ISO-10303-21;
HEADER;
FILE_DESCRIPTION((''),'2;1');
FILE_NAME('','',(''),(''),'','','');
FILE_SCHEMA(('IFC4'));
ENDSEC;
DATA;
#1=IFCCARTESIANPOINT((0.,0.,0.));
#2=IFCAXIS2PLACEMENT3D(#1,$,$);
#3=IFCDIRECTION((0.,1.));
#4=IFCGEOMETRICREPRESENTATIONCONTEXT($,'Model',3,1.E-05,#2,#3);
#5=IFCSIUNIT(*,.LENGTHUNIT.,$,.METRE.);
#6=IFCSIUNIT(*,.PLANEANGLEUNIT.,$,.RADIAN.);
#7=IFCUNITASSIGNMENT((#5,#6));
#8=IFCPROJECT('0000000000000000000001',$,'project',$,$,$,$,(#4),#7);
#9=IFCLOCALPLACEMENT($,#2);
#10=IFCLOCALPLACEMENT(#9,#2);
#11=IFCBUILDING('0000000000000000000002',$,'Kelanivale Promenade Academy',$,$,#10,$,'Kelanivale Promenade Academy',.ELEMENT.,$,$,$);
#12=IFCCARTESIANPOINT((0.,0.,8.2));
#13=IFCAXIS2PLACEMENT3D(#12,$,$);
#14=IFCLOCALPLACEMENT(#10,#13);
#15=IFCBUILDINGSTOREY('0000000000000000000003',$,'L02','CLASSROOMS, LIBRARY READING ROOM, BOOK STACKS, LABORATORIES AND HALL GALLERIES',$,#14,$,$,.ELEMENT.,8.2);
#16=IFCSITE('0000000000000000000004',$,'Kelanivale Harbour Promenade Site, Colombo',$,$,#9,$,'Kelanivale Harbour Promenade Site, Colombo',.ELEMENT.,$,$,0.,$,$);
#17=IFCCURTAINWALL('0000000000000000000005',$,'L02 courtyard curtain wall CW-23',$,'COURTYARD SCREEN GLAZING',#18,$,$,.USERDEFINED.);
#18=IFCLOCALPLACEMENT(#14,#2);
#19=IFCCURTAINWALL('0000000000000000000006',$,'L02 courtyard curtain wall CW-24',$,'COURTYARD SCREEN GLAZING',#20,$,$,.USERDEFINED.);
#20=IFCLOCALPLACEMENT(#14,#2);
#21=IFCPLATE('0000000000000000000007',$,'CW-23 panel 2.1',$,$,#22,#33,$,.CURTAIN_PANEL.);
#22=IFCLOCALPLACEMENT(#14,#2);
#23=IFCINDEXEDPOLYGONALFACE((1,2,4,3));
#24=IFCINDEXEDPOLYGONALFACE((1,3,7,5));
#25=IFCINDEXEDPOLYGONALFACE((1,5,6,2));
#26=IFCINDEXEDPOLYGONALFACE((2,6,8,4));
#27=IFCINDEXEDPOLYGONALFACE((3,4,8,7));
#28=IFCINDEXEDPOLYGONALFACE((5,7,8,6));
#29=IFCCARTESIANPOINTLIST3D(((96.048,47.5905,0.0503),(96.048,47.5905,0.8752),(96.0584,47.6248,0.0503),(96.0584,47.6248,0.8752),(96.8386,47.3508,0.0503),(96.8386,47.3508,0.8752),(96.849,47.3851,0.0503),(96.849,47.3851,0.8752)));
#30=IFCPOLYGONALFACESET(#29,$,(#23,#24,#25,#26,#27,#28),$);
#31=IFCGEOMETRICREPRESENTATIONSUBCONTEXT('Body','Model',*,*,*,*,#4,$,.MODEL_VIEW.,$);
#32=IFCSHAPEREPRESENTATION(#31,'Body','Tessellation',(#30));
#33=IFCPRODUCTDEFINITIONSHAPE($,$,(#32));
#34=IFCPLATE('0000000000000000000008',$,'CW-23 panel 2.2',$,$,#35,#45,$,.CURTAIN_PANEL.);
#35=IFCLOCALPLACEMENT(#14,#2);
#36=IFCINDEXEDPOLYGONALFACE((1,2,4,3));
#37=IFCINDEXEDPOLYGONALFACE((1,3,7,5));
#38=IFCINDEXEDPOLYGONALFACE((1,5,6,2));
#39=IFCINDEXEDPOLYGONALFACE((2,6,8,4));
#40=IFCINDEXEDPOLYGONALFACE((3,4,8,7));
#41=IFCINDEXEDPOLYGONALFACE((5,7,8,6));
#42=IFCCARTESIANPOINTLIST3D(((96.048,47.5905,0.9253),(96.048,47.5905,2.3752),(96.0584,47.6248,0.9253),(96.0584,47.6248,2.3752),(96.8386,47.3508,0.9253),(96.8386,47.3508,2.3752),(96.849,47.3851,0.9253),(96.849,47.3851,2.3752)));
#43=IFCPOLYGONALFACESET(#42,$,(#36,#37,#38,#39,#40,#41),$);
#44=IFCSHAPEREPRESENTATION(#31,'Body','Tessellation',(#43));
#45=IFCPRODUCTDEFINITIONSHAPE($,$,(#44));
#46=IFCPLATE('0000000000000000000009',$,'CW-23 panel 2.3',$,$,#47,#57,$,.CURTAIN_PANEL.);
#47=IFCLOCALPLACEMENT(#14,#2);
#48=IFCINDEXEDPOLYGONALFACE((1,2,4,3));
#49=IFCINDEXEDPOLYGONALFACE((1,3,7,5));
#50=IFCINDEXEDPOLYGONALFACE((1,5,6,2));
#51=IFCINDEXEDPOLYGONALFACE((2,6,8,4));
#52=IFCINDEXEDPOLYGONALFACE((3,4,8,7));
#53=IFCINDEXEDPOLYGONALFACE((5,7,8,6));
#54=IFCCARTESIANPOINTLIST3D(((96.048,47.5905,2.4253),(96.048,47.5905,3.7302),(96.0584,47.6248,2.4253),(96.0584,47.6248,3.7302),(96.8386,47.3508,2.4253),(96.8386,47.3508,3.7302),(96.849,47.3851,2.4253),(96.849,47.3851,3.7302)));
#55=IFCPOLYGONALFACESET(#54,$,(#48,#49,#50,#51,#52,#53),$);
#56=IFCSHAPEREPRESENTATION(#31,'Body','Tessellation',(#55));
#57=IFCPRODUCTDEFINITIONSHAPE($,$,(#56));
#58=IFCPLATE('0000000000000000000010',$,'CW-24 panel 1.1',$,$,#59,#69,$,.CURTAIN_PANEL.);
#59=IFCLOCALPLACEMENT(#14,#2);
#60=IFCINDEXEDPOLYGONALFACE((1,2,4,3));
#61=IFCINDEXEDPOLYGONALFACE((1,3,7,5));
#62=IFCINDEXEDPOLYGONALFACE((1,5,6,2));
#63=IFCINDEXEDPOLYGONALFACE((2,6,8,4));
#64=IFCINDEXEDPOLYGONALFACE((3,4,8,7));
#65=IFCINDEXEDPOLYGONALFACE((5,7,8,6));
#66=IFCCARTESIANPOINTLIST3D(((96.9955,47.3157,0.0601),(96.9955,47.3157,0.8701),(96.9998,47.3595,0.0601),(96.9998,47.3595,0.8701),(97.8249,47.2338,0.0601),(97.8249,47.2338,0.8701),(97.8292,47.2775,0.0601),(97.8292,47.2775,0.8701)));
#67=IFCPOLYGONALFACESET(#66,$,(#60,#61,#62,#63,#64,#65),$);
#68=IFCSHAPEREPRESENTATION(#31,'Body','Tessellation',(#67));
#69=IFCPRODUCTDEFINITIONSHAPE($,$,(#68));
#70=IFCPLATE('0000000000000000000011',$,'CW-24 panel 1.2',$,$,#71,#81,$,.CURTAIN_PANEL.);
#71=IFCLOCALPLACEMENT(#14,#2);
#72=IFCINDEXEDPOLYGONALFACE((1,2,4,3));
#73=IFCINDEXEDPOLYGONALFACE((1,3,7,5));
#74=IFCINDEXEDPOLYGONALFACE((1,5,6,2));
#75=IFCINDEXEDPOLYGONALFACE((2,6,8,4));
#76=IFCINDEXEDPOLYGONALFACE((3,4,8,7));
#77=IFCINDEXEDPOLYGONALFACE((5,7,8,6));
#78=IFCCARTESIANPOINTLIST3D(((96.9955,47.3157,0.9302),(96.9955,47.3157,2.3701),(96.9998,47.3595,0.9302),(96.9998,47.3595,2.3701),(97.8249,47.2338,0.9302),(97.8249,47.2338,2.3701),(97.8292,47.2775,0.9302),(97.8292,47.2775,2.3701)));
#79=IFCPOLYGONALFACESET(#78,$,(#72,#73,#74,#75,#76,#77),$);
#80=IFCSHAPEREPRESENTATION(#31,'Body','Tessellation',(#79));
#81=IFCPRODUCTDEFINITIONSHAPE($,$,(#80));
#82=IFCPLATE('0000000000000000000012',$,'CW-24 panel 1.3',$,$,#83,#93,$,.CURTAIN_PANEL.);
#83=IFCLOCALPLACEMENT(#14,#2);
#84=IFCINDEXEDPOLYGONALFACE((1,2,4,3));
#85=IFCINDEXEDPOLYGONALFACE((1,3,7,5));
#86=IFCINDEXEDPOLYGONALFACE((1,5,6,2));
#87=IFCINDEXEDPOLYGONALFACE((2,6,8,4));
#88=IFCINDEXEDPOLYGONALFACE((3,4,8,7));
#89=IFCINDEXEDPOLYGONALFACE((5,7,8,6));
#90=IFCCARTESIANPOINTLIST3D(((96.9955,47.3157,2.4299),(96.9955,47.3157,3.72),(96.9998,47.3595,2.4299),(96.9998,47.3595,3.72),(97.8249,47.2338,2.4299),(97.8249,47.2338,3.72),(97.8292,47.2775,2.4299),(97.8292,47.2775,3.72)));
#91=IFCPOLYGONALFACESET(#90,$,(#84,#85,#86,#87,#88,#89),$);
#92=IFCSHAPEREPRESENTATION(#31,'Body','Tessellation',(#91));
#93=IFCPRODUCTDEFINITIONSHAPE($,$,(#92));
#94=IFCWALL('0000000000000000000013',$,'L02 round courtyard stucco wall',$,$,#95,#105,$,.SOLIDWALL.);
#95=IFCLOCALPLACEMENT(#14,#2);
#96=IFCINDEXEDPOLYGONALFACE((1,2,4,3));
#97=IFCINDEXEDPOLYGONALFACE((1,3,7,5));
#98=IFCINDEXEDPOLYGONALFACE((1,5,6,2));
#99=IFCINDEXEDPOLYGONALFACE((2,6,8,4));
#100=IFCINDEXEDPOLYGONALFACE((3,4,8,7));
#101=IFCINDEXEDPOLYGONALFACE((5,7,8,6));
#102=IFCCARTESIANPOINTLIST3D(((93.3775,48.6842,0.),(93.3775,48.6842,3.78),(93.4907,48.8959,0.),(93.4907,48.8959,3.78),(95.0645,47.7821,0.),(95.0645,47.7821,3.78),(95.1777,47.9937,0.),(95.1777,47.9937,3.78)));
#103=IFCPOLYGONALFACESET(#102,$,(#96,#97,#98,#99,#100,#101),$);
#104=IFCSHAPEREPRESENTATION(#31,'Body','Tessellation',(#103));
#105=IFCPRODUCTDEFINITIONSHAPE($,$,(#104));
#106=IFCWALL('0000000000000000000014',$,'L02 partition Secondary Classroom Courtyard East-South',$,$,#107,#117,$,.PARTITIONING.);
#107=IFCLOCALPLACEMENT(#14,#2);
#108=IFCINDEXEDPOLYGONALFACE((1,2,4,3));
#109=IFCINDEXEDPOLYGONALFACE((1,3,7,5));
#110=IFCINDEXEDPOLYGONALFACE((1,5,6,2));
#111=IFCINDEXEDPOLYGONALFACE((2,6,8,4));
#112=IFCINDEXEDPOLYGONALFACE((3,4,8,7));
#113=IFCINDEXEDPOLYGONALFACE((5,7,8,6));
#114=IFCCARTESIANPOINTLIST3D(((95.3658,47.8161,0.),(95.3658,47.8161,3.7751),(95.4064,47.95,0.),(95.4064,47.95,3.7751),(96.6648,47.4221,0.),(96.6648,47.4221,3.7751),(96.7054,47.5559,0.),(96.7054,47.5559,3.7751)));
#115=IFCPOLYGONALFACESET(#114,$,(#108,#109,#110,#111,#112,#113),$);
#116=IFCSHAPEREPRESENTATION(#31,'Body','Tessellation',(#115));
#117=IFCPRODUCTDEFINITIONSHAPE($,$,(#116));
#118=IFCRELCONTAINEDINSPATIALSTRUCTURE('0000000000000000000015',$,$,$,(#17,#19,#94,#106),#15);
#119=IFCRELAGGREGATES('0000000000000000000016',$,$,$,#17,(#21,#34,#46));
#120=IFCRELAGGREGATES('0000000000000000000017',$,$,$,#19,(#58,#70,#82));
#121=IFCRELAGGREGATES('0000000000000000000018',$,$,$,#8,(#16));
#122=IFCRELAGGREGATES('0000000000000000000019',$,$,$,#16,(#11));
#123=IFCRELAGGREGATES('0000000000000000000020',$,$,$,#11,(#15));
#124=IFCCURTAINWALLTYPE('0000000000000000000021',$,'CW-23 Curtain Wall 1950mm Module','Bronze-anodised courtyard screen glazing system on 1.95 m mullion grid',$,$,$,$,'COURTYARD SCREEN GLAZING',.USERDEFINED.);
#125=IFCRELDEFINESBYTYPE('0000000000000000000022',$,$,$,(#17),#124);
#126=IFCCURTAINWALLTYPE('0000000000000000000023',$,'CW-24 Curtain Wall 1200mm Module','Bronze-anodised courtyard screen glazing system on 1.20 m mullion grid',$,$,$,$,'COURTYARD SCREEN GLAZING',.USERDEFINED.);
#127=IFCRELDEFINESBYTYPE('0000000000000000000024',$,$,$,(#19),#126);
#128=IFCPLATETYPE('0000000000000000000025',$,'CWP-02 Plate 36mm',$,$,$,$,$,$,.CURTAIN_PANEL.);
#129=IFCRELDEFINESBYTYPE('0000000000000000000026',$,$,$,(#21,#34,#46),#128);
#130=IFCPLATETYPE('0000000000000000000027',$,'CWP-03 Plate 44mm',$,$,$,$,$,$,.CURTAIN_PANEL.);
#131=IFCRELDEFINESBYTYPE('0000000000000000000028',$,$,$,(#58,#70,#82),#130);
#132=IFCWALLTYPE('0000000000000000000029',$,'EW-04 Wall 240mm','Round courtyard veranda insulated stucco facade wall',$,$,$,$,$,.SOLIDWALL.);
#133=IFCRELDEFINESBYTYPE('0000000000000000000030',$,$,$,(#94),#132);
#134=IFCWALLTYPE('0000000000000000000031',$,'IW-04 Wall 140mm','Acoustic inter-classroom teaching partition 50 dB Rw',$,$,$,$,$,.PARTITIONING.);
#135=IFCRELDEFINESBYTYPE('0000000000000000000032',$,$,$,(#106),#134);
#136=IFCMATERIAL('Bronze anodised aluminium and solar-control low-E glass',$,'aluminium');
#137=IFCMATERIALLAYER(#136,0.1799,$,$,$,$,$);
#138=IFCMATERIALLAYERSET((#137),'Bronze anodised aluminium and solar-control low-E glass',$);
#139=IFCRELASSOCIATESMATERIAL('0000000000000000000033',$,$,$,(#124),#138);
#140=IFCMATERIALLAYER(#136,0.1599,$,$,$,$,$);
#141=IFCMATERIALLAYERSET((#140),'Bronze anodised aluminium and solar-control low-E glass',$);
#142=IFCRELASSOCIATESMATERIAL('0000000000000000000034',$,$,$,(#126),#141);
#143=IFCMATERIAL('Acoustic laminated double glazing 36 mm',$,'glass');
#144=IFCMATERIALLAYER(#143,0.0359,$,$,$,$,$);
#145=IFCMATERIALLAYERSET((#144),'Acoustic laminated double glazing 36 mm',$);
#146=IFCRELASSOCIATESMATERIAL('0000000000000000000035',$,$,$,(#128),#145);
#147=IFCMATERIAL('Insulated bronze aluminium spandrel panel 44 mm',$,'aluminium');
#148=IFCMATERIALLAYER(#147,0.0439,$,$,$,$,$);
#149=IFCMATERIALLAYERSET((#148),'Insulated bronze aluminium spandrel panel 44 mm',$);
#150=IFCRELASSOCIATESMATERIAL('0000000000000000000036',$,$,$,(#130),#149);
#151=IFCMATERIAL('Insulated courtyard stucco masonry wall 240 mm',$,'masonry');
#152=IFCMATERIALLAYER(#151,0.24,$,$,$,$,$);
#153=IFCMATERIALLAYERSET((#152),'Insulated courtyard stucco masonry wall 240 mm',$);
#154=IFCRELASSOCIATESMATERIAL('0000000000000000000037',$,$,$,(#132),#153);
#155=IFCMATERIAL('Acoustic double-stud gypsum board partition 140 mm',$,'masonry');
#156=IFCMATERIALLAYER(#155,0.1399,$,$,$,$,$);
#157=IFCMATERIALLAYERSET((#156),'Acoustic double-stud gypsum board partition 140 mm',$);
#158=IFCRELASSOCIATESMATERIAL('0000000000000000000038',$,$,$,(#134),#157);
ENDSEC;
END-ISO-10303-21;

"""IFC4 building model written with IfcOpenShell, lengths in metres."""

from ifc_helpers import new_model, si_unit, direction, frame, frame_2d, origin, origin_2d, place, context, subcontext, project, spatial, rectangle, extrude, material, layer, layer_set, type_object, element, aggregate, save


model = new_model("IFC4")

# Units and contexts
model_context = context("Model", 3, precision=1e-05, world=origin(), true_north=direction((0.0, 1.0)))
body_context = subcontext(model_context, "Body", "Model", "MODEL_VIEW")
ifc_project = project(units=[si_unit("LENGTHUNIT", "METRE"), si_unit("PLANEANGLEUNIT", "RADIAN")], contexts=[model_context])

# Site, building, storey
site_placement = place(None, origin())
site = spatial("IfcSite", under=ifc_project, at=site_placement, Name="Kelanivale Harbour Promenade Site, Colombo", LongName="Kelanivale Harbour Promenade Site, Colombo", CompositionType="ELEMENT", RefElevation=0.0)
building_placement = place(site_placement, origin())
building = spatial("IfcBuilding", under=site, at=building_placement, Name="Kelanivale Promenade Academy", LongName="Kelanivale Promenade Academy", CompositionType="ELEMENT")
storey_placement = place(building_placement, frame((0.0, 0.0, 8.2)))
storey = spatial("IfcBuildingStorey", under=building, at=storey_placement, Name="L02", Description="CLASSROOMS, LIBRARY READING ROOM, BOOK STACKS, LABORATORIES AND HALL GALLERIES", CompositionType="ELEMENT", Elevation=8.2)

# Curtain walls
ifc_material_1 = material(Name="Bronze anodised aluminium and solar-control low-E glass", Category="aluminium")
ifc_layer_1 = layer(ifc_material_1, 0.1799)
ifc_layer_set_1 = layer_set([ifc_layer_1], Name="Bronze anodised aluminium and solar-control low-E glass")
curtain_wall_type_1 = type_object("IfcCurtainWallType", Name="CW-23 Curtain Wall 1950mm Module", Description="Bronze-anodised courtyard screen glazing system on 1.95 m mullion grid", ElementType="COURTYARD SCREEN GLAZING", PredefinedType="USERDEFINED", material=ifc_layer_set_1)
curtain_wall_1_placement = place(storey_placement, origin())
curtain_wall_1 = element("IfcCurtainWall", 1, at=curtain_wall_1_placement, inside=storey, type_object=curtain_wall_type_1, Name="L02 courtyard curtain wall CW-23", ObjectType="COURTYARD SCREEN GLAZING", PredefinedType="USERDEFINED")
ifc_layer_2 = layer(ifc_material_1, 0.1599)
ifc_layer_set_2 = layer_set([ifc_layer_2], Name="Bronze anodised aluminium and solar-control low-E glass")
curtain_wall_type_2 = type_object("IfcCurtainWallType", Name="CW-24 Curtain Wall 1200mm Module", Description="Bronze-anodised courtyard screen glazing system on 1.20 m mullion grid", ElementType="COURTYARD SCREEN GLAZING", PredefinedType="USERDEFINED", material=ifc_layer_set_2)
curtain_wall_2_placement = place(storey_placement, origin())
curtain_wall_2 = element("IfcCurtainWall", 2, at=curtain_wall_2_placement, inside=storey, type_object=curtain_wall_type_2, Name="L02 courtyard curtain wall CW-24", ObjectType="COURTYARD SCREEN GLAZING", PredefinedType="USERDEFINED")

# Plates
ifc_material_2 = material(Name="Acoustic laminated double glazing 36 mm", Category="glass")
ifc_layer_3 = layer(ifc_material_2, 0.0359)
ifc_layer_set_3 = layer_set([ifc_layer_3], Name="Acoustic laminated double glazing 36 mm")
plate_type_1 = type_object("IfcPlateType", Name="CWP-02 Plate 36mm", PredefinedType="CURTAIN_PANEL", material=ifc_layer_set_3)
plate_1_placement = place(storey_placement, frame((96.4485, 47.4878, 0.0503), z_axis=(0.0, 0.0, 1.0), x_axis=(0.956988, -0.290128, 0.0)))
plate_1 = element("IfcPlate", 3, at=plate_1_placement, type_object=plate_type_1, Name="CW-23 panel 2.1", PredefinedType="CURTAIN_PANEL", context=body_context, shape_type="SweptSolid", body=[
    extrude(rectangle(XDim=0.8262, YDim=0.0359, at=origin_2d()), origin(), (0.0, 0.0, 1.0), 0.825),
])
plate_2_placement = place(storey_placement, frame((96.4485, 47.4878, 0.9253), z_axis=(0.0, 0.0, 1.0), x_axis=(0.956988, -0.290128, 0.0)))
plate_2 = element("IfcPlate", 4, at=plate_2_placement, type_object=plate_type_1, Name="CW-23 panel 2.2", PredefinedType="CURTAIN_PANEL", context=body_context, shape_type="SweptSolid", body=[
    extrude(rectangle(XDim=0.8262, YDim=0.0359, at=origin_2d()), origin(), (0.0, 0.0, 1.0), 1.45),
])
plate_3_placement = place(storey_placement, frame((96.4485, 47.4878, 2.4253), z_axis=(0.0, 0.0, 1.0), x_axis=(0.956988, -0.290128, 0.0)))
plate_3 = element("IfcPlate", 5, at=plate_3_placement, type_object=plate_type_1, Name="CW-23 panel 2.3", PredefinedType="CURTAIN_PANEL", context=body_context, shape_type="SweptSolid", body=[
    extrude(rectangle(XDim=0.8262, YDim=0.0359, at=origin_2d()), origin(), (0.0, 0.0, 1.0), 1.3049),
])
aggregate(curtain_wall_1, [plate_1, plate_2, plate_3])
ifc_material_3 = material(Name="Insulated bronze aluminium spandrel panel 44 mm", Category="aluminium")
ifc_layer_4 = layer(ifc_material_3, 0.0439)
ifc_layer_set_4 = layer_set([ifc_layer_4], Name="Insulated bronze aluminium spandrel panel 44 mm")
plate_type_2 = type_object("IfcPlateType", Name="CWP-03 Plate 44mm", PredefinedType="CURTAIN_PANEL", material=ifc_layer_set_4)
plate_4_placement = place(storey_placement, frame((97.4124, 47.2966, 0.0601), z_axis=(0.0, 0.0, 1.0), x_axis=(0.995159, -0.098281, 0.0)))
plate_4 = element("IfcPlate", 6, at=plate_4_placement, type_object=plate_type_2, Name="CW-24 panel 1.1", PredefinedType="CURTAIN_PANEL", context=body_context, shape_type="SweptSolid", body=[
    extrude(rectangle(XDim=0.8335, YDim=0.0439, at=origin_2d()), origin(), (0.0, 0.0, 1.0), 0.8101),
])
plate_5_placement = place(storey_placement, frame((97.4124, 47.2966, 0.9302), z_axis=(0.0, 0.0, 1.0), x_axis=(0.995159, -0.098281, 0.0)))
plate_5 = element("IfcPlate", 7, at=plate_5_placement, type_object=plate_type_2, Name="CW-24 panel 1.2", PredefinedType="CURTAIN_PANEL", context=body_context, shape_type="SweptSolid", body=[
    extrude(rectangle(XDim=0.8335, YDim=0.0439, at=origin_2d()), origin(), (0.0, 0.0, 1.0), 1.4399),
])
plate_6_placement = place(storey_placement, frame((97.4124, 47.2966, 2.4299), z_axis=(0.0, 0.0, 1.0), x_axis=(0.995159, -0.098281, 0.0)))
plate_6 = element("IfcPlate", 8, at=plate_6_placement, type_object=plate_type_2, Name="CW-24 panel 1.3", PredefinedType="CURTAIN_PANEL", context=body_context, shape_type="SweptSolid", body=[
    extrude(rectangle(XDim=0.8335, YDim=0.0439, at=origin_2d()), origin(), (0.0, 0.0, 1.0), 1.29),
])
aggregate(curtain_wall_2, [plate_4, plate_5, plate_6])

# Walls
ifc_material_4 = material(Name="Insulated courtyard stucco masonry wall 240 mm", Category="masonry")
ifc_layer_5 = layer(ifc_material_4, 0.24)
ifc_layer_set_5 = layer_set([ifc_layer_5], Name="Insulated courtyard stucco masonry wall 240 mm")
wall_type_1 = type_object("IfcWallType", Name="EW-04 Wall 240mm", Description="Round courtyard veranda insulated stucco facade wall", PredefinedType="SOLIDWALL", material=ifc_layer_set_5)
wall_1_placement = place(storey_placement, frame((93.4341, 48.79, 0.0), z_axis=(0.0, 0.0, 1.0), x_axis=(0.88184, -0.471548, 0.0)))
element("IfcWall", 9, at=wall_1_placement, inside=storey, type_object=wall_type_1, Name="L02 round courtyard stucco wall", PredefinedType="SOLIDWALL", context=body_context, shape_type="SweptSolid", body=[
    extrude(rectangle(XDim=1.9131, YDim=0.24, at=frame_2d((0.9565, 0.0))), origin(), (0.0, 0.0, 1.0), 3.78),
])
ifc_material_5 = material(Name="Acoustic double-stud gypsum board partition 140 mm", Category="masonry")
ifc_layer_6 = layer(ifc_material_5, 0.1399)
ifc_layer_set_6 = layer_set([ifc_layer_6], Name="Acoustic double-stud gypsum board partition 140 mm")
wall_type_2 = type_object("IfcWallType", Name="IW-04 Wall 140mm", Description="Acoustic inter-classroom teaching partition 50 dB Rw", PredefinedType="PARTITIONING", material=ifc_layer_set_6)
wall_2_placement = place(storey_placement, frame((96.6851, 47.489, 0.0), z_axis=(0.0, 0.0, 1.0), x_axis=(-0.956946, 0.290267, 0.0)))
element("IfcWall", 10, at=wall_2_placement, inside=storey, type_object=wall_type_2, Name="L02 partition Secondary Classroom Courtyard East-South", PredefinedType="PARTITIONING", context=body_context, shape_type="SweptSolid", body=[
    extrude(rectangle(XDim=1.3574, YDim=0.1399, at=frame_2d((0.6787, 0.0))), origin(), (0.0, 0.0, 1.0), 3.7751),
])

save(model, "model.ifc")
